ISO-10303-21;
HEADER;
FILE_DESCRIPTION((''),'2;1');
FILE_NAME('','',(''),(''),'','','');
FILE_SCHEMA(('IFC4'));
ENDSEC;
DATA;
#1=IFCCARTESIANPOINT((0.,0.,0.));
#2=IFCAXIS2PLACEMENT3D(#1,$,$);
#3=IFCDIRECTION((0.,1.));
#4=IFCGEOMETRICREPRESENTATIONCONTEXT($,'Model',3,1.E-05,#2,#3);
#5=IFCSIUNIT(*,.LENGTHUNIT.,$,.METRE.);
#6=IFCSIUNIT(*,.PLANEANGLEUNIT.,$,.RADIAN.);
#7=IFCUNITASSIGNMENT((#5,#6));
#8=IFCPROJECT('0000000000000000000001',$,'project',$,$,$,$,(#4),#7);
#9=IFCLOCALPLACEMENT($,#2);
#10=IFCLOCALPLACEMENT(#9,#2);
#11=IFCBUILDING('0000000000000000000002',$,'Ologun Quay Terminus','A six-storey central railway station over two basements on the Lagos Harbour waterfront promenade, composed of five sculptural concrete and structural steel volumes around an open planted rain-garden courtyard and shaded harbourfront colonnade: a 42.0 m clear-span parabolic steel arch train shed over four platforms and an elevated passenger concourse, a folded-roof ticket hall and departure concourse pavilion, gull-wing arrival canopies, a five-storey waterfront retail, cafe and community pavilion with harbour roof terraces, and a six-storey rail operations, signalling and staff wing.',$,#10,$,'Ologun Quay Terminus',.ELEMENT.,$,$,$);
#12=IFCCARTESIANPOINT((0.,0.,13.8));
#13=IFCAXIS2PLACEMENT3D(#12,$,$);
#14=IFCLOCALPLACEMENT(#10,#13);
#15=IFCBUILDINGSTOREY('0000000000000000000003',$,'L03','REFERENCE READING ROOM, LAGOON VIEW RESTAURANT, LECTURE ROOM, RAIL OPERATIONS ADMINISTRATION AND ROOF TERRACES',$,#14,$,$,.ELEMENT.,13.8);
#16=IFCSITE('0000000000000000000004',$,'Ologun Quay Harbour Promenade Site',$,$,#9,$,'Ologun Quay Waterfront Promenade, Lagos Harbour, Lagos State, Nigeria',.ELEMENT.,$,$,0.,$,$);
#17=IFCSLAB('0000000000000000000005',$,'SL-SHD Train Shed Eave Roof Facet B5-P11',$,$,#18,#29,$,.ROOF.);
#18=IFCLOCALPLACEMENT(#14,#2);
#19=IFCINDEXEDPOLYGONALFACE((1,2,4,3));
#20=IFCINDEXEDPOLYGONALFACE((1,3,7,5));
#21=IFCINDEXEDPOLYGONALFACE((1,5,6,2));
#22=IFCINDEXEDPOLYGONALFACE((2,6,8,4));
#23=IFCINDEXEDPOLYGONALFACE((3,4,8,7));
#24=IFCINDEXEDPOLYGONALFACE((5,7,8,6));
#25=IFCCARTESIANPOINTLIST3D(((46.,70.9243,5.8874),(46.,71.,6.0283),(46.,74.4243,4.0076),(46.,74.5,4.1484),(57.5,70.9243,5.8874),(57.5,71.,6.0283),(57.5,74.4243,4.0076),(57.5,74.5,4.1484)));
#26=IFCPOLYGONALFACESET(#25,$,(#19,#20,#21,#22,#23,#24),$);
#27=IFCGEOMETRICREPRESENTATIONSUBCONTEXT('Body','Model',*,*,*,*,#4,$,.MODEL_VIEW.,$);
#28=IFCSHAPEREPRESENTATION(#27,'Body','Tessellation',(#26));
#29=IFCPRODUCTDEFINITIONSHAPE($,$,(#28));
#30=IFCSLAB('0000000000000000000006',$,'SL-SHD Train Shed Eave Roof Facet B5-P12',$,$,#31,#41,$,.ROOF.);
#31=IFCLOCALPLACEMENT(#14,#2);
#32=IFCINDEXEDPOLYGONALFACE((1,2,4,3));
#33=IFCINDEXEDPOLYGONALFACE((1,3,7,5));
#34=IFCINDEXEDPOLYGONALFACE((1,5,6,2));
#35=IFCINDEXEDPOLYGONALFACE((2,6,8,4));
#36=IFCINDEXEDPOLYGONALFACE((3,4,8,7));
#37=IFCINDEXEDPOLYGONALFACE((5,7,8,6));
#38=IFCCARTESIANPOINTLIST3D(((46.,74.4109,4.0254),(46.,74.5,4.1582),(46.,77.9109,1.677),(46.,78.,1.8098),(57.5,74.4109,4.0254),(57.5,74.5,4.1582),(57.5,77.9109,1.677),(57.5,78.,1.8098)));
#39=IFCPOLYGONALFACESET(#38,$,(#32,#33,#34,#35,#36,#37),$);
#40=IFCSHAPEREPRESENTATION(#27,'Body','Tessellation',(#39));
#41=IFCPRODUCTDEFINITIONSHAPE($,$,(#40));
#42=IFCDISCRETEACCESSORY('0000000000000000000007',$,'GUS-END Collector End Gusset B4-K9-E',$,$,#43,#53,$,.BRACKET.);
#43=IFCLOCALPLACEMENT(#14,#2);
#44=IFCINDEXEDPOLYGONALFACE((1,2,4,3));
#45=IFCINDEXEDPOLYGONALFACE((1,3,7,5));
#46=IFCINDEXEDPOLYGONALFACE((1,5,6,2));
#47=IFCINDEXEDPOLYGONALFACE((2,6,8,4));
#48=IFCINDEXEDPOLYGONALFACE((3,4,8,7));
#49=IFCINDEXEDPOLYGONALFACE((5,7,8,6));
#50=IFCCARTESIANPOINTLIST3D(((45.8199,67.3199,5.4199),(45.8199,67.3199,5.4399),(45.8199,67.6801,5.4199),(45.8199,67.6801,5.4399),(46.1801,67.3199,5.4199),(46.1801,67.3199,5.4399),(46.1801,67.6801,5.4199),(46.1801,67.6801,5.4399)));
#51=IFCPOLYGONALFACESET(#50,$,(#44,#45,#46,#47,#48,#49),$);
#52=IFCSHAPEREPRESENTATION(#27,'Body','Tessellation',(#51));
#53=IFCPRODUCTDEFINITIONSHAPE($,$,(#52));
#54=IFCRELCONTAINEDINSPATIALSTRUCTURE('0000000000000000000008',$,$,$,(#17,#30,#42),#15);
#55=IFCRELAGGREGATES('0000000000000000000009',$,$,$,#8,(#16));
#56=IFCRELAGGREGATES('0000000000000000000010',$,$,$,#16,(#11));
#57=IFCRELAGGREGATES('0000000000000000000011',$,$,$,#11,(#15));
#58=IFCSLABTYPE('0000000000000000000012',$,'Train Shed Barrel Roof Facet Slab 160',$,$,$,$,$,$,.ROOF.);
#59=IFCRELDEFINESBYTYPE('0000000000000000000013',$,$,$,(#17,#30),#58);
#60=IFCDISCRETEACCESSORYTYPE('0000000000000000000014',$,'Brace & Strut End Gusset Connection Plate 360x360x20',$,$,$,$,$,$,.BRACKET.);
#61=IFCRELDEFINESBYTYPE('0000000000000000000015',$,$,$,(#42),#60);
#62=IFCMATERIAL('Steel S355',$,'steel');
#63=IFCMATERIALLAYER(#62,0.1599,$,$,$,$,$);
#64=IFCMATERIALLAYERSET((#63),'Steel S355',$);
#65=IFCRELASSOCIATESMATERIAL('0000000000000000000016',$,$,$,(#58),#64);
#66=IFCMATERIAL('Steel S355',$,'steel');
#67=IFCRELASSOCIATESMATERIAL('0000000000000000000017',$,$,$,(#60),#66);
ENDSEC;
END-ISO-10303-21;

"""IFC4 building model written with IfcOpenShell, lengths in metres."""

from ifc_helpers import new_model, si_unit, direction, frame, origin, origin_2d, place, context, subcontext, project, spatial, polyline, rectangle, outline, extrude, material, layer, layer_set, type_object, element, save


model = new_model("IFC4")

# Units and contexts
model_context = context("Model", 3, precision=1e-05, world=origin(), true_north=direction((0.0, 1.0)))
body_context = subcontext(model_context, "Body", "Model", "MODEL_VIEW")
ifc_project = project(units=[si_unit("LENGTHUNIT", "METRE"), si_unit("PLANEANGLEUNIT", "RADIAN")], contexts=[model_context])

# Site, building, storey
site_placement = place(None, origin())
site = spatial("IfcSite", under=ifc_project, at=site_placement, Name="Ologun Quay Harbour Promenade Site", LongName="Ologun Quay Waterfront Promenade, Lagos Harbour, Lagos State, Nigeria", CompositionType="ELEMENT", RefElevation=0.0)
building_placement = place(site_placement, origin())
building = spatial("IfcBuilding", under=site, at=building_placement, Name="Ologun Quay Terminus", Description="A six-storey central railway station over two basements on the Lagos Harbour waterfront promenade, composed of five sculptural concrete and structural steel volumes around an open planted rain-garden courtyard and shaded harbourfront colonnade: a 42.0 m clear-span parabolic steel arch train shed over four platforms and an elevated passenger concourse, a folded-roof ticket hall and departure concourse pavilion, gull-wing arrival canopies, a five-storey waterfront retail, cafe and community pavilion with harbour roof terraces, and a six-storey rail operations, signalling and staff wing.", LongName="Ologun Quay Terminus", CompositionType="ELEMENT")
storey_placement = place(building_placement, frame((0.0, 0.0, 13.8)))
storey = spatial("IfcBuildingStorey", under=building, at=storey_placement, Name="L03", Description="REFERENCE READING ROOM, LAGOON VIEW RESTAURANT, LECTURE ROOM, RAIL OPERATIONS ADMINISTRATION AND ROOF TERRACES", CompositionType="ELEMENT", Elevation=13.8)

# Slabs
ifc_material_1 = material(Name="Steel S355", Category="steel")
ifc_layer_1 = layer(ifc_material_1, 0.1599)
ifc_layer_set_1 = layer_set([ifc_layer_1], Name="Steel S355")
slab_type = type_object("IfcSlabType", Name="Train Shed Barrel Roof Facet Slab 160", PredefinedType="ROOF", material=ifc_layer_set_1)
slab_1_placement = place(storey_placement, frame((46.0, 71.0, 6.0283), z_axis=(0.0, 0.473176, 0.880968), x_axis=(1.0, 0.0, 0.0)))
element("IfcSlab", 1, at=slab_1_placement, inside=storey, type_object=slab_type, Name="SL-SHD Train Shed Eave Roof Facet B5-P11", PredefinedType="ROOF", context=body_context, shape_type="SweptSolid", body=[
    extrude(outline(polyline([(0.0, 0.0), (11.5, 0.0), (11.5, 3.9729), (0.0, 3.9729), (0.0, 0.0)])), origin(), (0.0, 0.0, -1.0), 0.1599),
])
slab_2_placement = place(storey_placement, frame((46.0, 74.5, 4.1582), z_axis=(0.0, 0.557171, 0.830398), x_axis=(1.0, 0.0, 0.0)))
element("IfcSlab", 2, at=slab_2_placement, inside=storey, type_object=slab_type, Name="SL-SHD Train Shed Eave Roof Facet B5-P12", PredefinedType="ROOF", context=body_context, shape_type="SweptSolid", body=[
    extrude(outline(polyline([(0.0, 0.0), (11.5, 0.0), (11.5, 4.2148), (0.0, 4.2148), (0.0, 0.0)])), origin(), (0.0, 0.0, -1.0), 0.1599),
])

# Discrete accessory
ifc_material_2 = material(Name="Steel S355", Category="steel")
discrete_accessory_type = type_object("IfcDiscreteAccessoryType", Name="Brace & Strut End Gusset Connection Plate 360x360x20", PredefinedType="BRACKET", material=ifc_material_2)
discrete_accessory_placement = place(storey_placement, frame((46.0, 67.5, 5.4199), z_axis=(0.0, 0.0, 1.0), x_axis=(1.0, 0.0, 0.0)))
element("IfcDiscreteAccessory", 3, at=discrete_accessory_placement, inside=storey, type_object=discrete_accessory_type, Name="GUS-END Collector End Gusset B4-K9-E", PredefinedType="BRACKET", context=body_context, shape_type="SweptSolid", body=[
    extrude(rectangle(XDim=0.3601, YDim=0.3601, at=origin_2d()), origin(), (0.0, 0.0, 1.0), 0.02),
])

save(model, "model.ifc")
